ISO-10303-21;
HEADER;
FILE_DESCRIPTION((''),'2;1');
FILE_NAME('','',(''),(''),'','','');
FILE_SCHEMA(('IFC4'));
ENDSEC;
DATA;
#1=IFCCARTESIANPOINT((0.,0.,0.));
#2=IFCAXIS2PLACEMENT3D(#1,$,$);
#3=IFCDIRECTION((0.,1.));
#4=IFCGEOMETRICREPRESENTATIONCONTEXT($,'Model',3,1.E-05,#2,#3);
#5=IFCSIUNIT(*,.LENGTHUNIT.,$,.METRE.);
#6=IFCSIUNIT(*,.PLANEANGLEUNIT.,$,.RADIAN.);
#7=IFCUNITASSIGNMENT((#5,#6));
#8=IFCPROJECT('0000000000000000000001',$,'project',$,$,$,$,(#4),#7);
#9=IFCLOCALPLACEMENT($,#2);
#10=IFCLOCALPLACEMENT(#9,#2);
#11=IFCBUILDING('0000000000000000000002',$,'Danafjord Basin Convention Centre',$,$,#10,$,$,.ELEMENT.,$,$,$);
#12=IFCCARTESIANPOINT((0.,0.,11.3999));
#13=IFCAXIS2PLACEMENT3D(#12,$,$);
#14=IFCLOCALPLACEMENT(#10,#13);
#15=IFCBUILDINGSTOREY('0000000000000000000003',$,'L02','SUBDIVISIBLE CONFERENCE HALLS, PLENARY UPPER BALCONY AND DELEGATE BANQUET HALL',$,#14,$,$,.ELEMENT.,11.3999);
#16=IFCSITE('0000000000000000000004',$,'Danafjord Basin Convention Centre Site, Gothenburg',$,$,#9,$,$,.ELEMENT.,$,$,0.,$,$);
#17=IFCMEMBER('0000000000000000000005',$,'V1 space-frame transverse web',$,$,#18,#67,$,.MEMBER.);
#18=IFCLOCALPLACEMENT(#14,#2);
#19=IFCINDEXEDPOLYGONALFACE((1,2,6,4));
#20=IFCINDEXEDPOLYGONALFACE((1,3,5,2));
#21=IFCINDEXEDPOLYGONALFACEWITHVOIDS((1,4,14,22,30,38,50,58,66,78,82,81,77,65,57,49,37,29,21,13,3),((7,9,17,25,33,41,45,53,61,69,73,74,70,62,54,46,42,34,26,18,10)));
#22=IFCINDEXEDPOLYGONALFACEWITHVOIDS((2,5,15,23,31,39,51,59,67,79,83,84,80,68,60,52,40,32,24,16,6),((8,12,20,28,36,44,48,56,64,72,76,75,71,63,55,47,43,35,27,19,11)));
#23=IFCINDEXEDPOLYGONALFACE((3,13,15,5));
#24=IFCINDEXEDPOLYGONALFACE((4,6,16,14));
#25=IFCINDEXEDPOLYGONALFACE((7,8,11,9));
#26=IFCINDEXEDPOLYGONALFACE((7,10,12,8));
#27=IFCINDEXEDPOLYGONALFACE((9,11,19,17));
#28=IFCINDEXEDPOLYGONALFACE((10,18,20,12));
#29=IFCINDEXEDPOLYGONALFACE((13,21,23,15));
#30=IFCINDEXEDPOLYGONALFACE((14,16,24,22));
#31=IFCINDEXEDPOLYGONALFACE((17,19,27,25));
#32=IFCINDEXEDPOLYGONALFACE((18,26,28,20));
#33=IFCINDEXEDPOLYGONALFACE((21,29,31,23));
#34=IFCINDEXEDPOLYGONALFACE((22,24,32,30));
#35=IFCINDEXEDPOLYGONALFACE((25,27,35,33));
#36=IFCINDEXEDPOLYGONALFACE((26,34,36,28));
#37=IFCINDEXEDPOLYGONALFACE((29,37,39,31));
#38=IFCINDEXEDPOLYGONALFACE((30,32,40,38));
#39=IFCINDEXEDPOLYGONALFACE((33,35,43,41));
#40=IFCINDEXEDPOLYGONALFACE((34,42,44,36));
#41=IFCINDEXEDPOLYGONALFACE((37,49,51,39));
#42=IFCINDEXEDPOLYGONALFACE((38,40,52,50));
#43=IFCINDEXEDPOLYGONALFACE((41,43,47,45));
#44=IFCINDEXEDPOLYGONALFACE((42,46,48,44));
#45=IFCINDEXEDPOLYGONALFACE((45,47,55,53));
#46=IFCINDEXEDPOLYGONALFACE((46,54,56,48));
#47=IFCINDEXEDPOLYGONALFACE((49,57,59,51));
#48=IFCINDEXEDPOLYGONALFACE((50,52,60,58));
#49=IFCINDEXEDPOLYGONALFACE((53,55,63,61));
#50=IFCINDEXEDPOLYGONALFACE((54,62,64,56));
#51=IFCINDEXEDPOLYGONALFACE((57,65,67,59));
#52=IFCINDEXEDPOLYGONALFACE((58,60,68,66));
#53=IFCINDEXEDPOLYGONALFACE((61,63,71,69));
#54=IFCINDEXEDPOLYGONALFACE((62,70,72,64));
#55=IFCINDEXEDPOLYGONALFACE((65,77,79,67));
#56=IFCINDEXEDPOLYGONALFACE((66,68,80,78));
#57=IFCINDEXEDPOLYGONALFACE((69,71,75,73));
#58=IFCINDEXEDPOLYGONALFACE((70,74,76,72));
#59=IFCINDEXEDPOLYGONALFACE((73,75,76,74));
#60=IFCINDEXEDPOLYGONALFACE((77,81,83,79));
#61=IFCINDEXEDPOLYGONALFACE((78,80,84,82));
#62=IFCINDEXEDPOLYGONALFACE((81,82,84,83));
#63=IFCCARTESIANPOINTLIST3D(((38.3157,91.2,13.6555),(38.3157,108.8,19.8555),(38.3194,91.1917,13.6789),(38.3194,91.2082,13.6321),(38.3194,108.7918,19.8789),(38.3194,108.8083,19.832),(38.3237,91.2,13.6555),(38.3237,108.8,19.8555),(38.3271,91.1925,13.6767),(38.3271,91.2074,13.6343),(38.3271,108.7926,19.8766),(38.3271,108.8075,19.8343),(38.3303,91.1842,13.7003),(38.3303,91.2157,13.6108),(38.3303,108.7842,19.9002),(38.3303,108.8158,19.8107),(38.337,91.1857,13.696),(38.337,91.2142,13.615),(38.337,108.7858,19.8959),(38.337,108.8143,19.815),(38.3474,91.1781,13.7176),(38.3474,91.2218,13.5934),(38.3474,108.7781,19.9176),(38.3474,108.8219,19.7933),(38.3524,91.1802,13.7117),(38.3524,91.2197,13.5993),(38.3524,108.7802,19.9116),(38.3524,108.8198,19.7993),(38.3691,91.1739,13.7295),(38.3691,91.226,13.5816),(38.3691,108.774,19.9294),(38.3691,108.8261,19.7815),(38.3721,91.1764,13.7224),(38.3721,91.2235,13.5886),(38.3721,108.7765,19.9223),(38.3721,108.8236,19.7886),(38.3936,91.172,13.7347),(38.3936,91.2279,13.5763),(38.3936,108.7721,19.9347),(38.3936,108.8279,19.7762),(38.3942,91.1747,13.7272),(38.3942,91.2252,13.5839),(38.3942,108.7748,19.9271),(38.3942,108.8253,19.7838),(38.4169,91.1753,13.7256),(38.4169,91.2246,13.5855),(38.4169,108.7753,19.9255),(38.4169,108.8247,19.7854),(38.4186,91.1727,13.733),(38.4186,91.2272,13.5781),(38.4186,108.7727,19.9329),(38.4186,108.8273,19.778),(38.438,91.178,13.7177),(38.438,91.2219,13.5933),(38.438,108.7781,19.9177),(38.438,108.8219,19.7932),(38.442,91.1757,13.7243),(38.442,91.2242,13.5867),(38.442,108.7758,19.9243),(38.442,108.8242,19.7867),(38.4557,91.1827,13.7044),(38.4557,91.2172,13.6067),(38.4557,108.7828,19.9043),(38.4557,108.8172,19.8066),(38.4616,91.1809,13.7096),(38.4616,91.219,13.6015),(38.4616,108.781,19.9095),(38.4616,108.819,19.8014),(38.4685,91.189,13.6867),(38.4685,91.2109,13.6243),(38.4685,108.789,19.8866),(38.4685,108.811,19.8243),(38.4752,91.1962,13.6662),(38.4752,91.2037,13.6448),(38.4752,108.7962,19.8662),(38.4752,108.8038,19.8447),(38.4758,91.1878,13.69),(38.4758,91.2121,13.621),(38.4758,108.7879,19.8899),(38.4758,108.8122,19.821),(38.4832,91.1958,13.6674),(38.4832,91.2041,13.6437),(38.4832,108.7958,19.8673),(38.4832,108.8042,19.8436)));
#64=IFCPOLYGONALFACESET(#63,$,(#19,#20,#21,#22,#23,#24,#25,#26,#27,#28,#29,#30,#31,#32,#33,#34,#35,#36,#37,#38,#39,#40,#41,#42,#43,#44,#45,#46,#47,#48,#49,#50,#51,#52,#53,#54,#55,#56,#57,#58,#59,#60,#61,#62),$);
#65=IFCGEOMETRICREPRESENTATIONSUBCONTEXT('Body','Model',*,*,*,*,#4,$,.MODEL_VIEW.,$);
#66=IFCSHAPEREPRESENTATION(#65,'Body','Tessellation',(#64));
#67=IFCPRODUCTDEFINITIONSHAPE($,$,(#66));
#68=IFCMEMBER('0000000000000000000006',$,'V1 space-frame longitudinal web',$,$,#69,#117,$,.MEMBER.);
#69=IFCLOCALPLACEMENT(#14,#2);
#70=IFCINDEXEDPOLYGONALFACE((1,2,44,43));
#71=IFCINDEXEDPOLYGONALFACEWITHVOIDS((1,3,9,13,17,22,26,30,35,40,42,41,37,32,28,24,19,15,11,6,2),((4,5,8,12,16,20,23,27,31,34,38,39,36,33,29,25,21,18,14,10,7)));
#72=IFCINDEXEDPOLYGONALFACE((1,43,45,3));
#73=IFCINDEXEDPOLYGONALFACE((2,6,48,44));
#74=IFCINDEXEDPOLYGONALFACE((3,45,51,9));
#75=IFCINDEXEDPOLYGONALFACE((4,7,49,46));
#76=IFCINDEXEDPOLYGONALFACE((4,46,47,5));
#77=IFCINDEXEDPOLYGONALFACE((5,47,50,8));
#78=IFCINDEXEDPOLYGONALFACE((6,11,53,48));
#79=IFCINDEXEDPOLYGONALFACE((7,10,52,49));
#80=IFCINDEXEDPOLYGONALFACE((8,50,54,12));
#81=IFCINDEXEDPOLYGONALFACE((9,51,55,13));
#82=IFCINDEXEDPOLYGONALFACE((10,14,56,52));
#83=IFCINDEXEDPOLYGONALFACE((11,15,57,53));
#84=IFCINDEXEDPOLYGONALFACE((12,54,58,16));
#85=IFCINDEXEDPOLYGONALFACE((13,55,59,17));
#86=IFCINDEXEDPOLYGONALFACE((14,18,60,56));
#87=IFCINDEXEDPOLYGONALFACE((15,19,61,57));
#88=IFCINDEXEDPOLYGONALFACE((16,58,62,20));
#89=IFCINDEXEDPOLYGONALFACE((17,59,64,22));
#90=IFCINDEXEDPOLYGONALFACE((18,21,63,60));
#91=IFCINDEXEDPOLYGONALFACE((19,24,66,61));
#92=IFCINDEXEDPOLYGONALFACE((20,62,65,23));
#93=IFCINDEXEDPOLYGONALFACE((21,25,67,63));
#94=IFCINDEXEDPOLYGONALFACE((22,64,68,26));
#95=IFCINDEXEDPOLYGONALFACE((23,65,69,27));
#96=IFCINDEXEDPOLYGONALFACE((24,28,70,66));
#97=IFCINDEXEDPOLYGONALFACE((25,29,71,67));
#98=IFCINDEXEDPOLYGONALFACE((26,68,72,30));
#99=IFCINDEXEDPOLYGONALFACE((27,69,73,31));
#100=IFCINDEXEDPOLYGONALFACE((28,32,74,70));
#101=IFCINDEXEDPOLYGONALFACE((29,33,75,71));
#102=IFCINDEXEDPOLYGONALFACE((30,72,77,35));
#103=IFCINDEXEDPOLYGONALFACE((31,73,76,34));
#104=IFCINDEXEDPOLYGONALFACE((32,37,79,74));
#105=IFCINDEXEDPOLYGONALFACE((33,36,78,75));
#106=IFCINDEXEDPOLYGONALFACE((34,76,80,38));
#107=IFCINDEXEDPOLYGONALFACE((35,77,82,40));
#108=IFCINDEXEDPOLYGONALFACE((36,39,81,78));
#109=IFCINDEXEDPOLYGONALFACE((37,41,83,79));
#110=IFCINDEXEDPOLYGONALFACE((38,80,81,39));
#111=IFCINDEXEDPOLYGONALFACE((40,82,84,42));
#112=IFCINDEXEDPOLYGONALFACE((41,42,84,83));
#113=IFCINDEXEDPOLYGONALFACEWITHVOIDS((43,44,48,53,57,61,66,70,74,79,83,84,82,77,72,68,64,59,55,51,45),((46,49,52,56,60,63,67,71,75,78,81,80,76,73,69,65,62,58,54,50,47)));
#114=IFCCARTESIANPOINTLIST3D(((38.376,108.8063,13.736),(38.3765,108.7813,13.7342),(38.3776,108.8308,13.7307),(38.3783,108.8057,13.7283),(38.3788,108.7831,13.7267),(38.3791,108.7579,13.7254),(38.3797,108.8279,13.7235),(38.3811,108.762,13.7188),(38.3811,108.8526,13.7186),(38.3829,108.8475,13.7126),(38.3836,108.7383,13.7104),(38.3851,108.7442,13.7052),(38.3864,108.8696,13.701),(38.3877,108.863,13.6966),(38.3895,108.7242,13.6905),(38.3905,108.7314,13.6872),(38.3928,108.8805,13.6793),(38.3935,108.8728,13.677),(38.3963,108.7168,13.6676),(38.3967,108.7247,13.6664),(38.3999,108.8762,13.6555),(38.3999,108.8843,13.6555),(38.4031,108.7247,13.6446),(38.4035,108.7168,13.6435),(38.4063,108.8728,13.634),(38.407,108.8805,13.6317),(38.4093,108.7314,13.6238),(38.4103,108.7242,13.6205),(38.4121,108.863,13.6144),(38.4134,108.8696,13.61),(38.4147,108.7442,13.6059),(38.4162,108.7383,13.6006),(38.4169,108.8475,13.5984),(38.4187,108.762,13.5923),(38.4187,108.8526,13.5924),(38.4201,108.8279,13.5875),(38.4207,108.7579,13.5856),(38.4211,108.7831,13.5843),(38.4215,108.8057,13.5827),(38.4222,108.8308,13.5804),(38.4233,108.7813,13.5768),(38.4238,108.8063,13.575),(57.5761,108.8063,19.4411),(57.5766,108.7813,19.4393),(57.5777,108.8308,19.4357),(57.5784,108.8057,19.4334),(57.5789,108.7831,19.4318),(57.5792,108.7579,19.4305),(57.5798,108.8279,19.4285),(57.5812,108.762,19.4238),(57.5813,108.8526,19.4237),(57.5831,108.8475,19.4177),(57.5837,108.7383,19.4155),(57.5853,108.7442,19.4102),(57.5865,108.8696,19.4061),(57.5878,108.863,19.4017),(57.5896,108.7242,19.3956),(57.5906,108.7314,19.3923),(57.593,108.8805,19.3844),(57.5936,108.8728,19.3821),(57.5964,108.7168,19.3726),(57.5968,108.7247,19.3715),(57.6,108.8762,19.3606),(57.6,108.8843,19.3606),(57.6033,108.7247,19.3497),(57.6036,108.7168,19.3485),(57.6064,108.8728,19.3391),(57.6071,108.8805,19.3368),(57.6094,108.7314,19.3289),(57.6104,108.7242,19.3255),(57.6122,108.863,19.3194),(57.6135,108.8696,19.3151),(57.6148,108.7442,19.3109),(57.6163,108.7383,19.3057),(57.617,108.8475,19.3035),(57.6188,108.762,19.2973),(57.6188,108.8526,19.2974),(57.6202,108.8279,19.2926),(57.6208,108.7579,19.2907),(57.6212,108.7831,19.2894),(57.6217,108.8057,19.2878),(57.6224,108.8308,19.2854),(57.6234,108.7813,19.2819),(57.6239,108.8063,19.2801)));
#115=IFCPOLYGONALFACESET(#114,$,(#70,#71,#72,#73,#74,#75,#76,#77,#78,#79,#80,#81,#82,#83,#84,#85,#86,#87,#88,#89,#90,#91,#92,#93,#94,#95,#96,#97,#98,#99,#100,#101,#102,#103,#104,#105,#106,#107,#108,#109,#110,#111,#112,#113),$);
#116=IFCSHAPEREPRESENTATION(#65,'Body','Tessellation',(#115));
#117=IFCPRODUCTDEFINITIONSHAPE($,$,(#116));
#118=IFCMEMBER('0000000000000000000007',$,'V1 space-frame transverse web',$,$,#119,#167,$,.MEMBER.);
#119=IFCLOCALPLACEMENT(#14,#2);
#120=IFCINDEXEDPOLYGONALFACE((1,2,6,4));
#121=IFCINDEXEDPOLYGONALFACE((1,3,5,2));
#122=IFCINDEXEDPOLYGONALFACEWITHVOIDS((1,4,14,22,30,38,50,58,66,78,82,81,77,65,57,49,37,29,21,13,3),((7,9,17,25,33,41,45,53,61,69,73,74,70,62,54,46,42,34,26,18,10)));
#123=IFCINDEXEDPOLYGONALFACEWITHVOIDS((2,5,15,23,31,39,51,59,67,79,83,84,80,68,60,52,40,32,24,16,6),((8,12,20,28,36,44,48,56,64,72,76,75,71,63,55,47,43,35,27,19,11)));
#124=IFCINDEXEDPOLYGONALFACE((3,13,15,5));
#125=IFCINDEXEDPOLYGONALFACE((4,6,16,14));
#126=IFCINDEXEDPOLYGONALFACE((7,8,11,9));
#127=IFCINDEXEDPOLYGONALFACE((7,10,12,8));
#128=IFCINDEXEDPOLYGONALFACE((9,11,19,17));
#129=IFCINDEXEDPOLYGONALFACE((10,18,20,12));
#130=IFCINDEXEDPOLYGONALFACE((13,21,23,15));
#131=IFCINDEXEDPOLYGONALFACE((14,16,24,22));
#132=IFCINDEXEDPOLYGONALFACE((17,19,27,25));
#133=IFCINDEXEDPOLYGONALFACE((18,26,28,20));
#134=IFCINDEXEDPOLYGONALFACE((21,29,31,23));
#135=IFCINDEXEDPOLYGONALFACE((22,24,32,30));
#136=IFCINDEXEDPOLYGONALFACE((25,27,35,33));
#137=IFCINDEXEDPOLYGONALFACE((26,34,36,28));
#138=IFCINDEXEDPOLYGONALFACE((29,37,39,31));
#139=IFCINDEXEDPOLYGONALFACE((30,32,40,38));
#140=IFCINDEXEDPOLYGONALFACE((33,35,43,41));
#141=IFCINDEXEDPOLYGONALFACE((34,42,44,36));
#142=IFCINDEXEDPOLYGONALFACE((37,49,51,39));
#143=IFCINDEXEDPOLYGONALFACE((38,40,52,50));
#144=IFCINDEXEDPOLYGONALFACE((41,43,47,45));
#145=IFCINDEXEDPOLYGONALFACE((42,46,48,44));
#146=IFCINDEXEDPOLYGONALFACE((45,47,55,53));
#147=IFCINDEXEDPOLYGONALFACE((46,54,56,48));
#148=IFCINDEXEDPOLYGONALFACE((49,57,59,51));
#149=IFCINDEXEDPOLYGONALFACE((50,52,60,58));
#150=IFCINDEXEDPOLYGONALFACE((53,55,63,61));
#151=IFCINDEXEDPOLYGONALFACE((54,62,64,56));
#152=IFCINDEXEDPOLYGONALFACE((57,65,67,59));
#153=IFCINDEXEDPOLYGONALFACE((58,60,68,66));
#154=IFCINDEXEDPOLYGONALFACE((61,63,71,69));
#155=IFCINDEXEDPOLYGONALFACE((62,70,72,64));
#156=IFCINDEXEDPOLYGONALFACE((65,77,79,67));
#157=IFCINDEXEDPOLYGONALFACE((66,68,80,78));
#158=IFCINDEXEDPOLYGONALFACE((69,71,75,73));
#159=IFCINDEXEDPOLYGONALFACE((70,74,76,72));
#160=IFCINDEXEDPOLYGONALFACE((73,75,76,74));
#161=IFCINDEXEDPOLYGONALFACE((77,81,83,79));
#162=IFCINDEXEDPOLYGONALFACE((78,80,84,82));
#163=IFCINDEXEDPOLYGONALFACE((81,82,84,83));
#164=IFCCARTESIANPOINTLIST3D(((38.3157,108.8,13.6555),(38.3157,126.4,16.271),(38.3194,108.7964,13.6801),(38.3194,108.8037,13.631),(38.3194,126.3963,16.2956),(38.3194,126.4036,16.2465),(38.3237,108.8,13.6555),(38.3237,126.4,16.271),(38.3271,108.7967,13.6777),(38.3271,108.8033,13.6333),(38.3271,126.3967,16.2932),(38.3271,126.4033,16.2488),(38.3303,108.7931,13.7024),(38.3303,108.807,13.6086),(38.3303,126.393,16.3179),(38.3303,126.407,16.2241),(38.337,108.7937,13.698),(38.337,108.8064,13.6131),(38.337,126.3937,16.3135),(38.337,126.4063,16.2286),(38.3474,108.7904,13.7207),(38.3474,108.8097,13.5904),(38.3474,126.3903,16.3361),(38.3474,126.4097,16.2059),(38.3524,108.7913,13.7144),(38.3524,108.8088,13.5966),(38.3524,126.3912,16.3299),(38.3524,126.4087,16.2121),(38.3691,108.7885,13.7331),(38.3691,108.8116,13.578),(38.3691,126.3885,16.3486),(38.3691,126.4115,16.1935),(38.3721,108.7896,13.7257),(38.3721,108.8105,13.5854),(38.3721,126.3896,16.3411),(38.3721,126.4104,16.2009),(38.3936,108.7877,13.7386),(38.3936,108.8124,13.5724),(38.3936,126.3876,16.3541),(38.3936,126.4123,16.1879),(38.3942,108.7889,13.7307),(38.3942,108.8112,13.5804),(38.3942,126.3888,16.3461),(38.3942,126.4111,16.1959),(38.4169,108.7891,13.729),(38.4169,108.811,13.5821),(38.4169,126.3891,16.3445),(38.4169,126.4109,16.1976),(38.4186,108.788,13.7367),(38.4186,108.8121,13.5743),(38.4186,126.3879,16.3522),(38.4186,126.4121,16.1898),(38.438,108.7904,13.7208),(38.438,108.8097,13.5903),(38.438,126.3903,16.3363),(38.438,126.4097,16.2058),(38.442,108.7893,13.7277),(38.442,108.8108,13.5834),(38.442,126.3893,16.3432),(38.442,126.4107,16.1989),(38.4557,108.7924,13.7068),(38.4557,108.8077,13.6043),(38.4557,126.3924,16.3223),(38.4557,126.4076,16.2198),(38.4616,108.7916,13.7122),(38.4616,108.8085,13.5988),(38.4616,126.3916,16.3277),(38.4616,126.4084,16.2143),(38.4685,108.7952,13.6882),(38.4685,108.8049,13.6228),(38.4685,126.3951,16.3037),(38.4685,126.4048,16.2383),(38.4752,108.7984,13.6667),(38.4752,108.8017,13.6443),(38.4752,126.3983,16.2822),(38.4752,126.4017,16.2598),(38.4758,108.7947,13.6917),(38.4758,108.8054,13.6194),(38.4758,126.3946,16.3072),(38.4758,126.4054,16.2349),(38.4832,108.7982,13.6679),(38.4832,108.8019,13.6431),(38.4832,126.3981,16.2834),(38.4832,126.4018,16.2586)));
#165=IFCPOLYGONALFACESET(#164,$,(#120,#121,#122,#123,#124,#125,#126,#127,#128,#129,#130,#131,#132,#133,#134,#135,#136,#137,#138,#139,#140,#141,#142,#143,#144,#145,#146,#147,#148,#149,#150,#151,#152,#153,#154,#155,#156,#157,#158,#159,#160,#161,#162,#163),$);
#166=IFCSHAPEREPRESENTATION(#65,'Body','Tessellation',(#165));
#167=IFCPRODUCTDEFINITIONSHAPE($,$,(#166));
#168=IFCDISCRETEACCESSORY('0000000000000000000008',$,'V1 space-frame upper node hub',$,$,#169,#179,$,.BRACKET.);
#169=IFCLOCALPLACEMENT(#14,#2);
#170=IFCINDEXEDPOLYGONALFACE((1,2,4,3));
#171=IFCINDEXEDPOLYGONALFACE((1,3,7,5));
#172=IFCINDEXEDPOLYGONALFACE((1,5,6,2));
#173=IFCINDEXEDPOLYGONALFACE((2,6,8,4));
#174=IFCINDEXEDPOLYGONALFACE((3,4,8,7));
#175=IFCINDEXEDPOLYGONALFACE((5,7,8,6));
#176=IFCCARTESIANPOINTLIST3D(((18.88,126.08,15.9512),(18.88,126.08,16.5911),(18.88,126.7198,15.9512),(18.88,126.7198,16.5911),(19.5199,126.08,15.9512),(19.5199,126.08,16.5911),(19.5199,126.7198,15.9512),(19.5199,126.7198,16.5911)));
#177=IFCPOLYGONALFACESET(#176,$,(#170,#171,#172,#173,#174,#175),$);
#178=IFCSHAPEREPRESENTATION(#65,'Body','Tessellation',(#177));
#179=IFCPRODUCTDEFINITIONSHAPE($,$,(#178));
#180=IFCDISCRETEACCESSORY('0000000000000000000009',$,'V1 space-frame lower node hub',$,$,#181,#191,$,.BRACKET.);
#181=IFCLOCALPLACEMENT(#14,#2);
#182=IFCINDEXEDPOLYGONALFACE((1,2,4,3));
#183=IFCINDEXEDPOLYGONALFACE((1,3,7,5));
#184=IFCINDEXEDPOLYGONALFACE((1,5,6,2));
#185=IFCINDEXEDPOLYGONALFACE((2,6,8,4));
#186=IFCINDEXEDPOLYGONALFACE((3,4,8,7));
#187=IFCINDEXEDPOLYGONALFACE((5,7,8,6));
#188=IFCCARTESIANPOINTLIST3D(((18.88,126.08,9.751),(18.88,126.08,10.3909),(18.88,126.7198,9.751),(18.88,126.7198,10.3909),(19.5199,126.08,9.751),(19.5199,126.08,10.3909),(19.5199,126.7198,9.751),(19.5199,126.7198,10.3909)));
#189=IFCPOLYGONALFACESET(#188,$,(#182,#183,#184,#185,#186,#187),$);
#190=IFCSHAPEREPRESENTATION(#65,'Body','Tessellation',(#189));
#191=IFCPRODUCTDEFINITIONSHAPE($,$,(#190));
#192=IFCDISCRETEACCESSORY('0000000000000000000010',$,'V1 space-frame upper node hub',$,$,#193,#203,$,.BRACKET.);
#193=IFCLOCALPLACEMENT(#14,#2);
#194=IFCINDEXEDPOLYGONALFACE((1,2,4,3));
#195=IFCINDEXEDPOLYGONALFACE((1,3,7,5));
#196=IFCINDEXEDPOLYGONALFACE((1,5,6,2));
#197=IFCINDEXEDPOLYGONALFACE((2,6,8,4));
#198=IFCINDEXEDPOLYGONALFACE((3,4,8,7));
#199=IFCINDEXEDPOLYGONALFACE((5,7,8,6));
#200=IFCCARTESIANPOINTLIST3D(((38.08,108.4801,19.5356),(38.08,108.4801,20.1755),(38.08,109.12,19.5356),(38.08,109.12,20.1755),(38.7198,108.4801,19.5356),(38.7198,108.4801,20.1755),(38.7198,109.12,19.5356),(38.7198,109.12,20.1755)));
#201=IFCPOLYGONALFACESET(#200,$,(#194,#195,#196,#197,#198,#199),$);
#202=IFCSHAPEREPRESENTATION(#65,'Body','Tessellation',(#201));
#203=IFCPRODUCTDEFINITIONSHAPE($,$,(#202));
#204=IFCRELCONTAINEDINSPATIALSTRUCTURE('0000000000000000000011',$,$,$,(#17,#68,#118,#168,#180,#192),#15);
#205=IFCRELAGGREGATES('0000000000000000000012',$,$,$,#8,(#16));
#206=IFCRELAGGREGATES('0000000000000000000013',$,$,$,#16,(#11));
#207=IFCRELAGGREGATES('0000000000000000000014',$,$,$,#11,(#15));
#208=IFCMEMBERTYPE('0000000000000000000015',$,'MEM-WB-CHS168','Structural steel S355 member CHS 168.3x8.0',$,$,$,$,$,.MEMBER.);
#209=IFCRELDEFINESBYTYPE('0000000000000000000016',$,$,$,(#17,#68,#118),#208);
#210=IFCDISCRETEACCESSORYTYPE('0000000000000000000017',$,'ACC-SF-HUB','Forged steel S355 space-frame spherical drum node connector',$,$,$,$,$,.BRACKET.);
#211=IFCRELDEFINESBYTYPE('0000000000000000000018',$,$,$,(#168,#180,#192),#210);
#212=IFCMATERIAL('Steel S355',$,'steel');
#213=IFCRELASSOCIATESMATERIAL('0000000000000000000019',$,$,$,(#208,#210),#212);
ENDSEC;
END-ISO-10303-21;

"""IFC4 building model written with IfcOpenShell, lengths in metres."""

from ifc_helpers import new_model, si_unit, direction, frame, origin, origin_2d, place, context, subcontext, project, spatial, rectangle, hollow_circle, extrude, material, material_profile, profile_set, type_object, element, save


model = new_model("IFC4")

# Units and contexts
model_context = context("Model", 3, precision=1e-05, world=origin(), true_north=direction((0.0, 1.0)))
body_context = subcontext(model_context, "Body", "Model", "MODEL_VIEW")
ifc_project = project(units=[si_unit("LENGTHUNIT", "METRE"), si_unit("PLANEANGLEUNIT", "RADIAN")], contexts=[model_context])

# Site, building, storey
site_placement = place(None, origin())
site = spatial("IfcSite", under=ifc_project, at=site_placement, Name="Danafjord Basin Convention Centre Site, Gothenburg", CompositionType="ELEMENT", RefElevation=0.0)
building_placement = place(site_placement, origin())
building = spatial("IfcBuilding", under=site, at=building_placement, Name="Danafjord Basin Convention Centre", CompositionType="ELEMENT")
storey_placement = place(building_placement, frame((0.0, 0.0, 11.3999)))
storey = spatial("IfcBuildingStorey", under=building, at=storey_placement, Name="L02", Description="SUBDIVISIBLE CONFERENCE HALLS, PLENARY UPPER BALCONY AND DELEGATE BANQUET HALL", CompositionType="ELEMENT", Elevation=11.3999)

# Members
ifc_material = material(Name="Steel S355", Category="steel")
ifc_material_profile_1 = material_profile(ifc_material, hollow_circle(Radius=0.0842, WallThickness=0.0081, at=origin_2d()), Name="CHS 168.3x8.0")
ifc_profile_set_1 = profile_set([ifc_material_profile_1], Name="Steel S355")
member_type_1 = type_object("IfcMemberType", Name="MEM-WB-CHS168", Description="Structural steel S355 member CHS 168.3x8.0", PredefinedType="MEMBER", material=ifc_profile_set_1)
member_1_placement = place(storey_placement, frame((38.3999, 91.2, 13.6555), z_axis=(0.0, 0.943189, 0.332255), x_axis=(-1.0, 0.0, 0.0)))
element("IfcMember", 1, at=member_1_placement, inside=storey, type_object=member_type_1, Name="V1 space-frame transverse web", PredefinedType="MEMBER", context=body_context, shape_type="SweptSolid", body=[
    extrude(hollow_circle(Radius=0.0842, WallThickness=0.0081, at=origin_2d()), origin(), (0.0, 0.0, 1.0), 18.6602),
])
member_2_placement = place(storey_placement, frame((38.3999, 108.8, 13.6555), z_axis=(0.958578, 0.0, 0.284829), x_axis=(0.0, 1.0, 0.0)))
element("IfcMember", 2, at=member_2_placement, inside=storey, type_object=member_type_1, Name="V1 space-frame longitudinal web", PredefinedType="MEMBER", context=body_context, shape_type="SweptSolid", body=[
    extrude(hollow_circle(Radius=0.0842, WallThickness=0.0081, at=origin_2d()), origin(), (0.0, 0.0, 1.0), 20.0298),
])
member_3_placement = place(storey_placement, frame((38.3999, 108.8, 13.6555), z_axis=(0.0, 0.989137, 0.146994), x_axis=(-1.0, 0.0, 0.0)))
element("IfcMember", 3, at=member_3_placement, inside=storey, type_object=member_type_1, Name="V1 space-frame transverse web", PredefinedType="MEMBER", context=body_context, shape_type="SweptSolid", body=[
    extrude(hollow_circle(Radius=0.0842, WallThickness=0.0081, at=origin_2d()), origin(), (0.0, 0.0, 1.0), 17.7932),
])

# Discrete accessories
discrete_accessory_type = type_object("IfcDiscreteAccessoryType", Name="ACC-SF-HUB", Description="Forged steel S355 space-frame spherical drum node connector", PredefinedType="BRACKET", material=ifc_material)
for number, where, z_axis, x_axis, name in (
    (4, (19.2, 126.3999, 15.9512), (0.0, 0.0, 1.0), (1.0, 0.0, 0.0), "V1 space-frame upper node hub"),
    (5, (19.2, 126.3999, 9.751), (0.0, 0.0, 1.0), (1.0, 0.0, 0.0), "V1 space-frame lower node hub"),
    (6, (38.3999, 108.8, 19.5356), (0.0, 0.0, 1.0), (1.0, 0.0, 0.0), "V1 space-frame upper node hub"),
):
    element("IfcDiscreteAccessory", number, at=place(storey_placement, frame(where, z_axis=z_axis, x_axis=x_axis)), inside=storey, type_object=discrete_accessory_type, Name=name, PredefinedType="BRACKET", context=body_context, shape_type="SweptSolid", body=[
        extrude(rectangle(XDim=0.6399, YDim=0.6399, at=origin_2d()), origin(), (0.0, 0.0, 1.0), 0.6399),
    ])

save(model, "model.ifc")
